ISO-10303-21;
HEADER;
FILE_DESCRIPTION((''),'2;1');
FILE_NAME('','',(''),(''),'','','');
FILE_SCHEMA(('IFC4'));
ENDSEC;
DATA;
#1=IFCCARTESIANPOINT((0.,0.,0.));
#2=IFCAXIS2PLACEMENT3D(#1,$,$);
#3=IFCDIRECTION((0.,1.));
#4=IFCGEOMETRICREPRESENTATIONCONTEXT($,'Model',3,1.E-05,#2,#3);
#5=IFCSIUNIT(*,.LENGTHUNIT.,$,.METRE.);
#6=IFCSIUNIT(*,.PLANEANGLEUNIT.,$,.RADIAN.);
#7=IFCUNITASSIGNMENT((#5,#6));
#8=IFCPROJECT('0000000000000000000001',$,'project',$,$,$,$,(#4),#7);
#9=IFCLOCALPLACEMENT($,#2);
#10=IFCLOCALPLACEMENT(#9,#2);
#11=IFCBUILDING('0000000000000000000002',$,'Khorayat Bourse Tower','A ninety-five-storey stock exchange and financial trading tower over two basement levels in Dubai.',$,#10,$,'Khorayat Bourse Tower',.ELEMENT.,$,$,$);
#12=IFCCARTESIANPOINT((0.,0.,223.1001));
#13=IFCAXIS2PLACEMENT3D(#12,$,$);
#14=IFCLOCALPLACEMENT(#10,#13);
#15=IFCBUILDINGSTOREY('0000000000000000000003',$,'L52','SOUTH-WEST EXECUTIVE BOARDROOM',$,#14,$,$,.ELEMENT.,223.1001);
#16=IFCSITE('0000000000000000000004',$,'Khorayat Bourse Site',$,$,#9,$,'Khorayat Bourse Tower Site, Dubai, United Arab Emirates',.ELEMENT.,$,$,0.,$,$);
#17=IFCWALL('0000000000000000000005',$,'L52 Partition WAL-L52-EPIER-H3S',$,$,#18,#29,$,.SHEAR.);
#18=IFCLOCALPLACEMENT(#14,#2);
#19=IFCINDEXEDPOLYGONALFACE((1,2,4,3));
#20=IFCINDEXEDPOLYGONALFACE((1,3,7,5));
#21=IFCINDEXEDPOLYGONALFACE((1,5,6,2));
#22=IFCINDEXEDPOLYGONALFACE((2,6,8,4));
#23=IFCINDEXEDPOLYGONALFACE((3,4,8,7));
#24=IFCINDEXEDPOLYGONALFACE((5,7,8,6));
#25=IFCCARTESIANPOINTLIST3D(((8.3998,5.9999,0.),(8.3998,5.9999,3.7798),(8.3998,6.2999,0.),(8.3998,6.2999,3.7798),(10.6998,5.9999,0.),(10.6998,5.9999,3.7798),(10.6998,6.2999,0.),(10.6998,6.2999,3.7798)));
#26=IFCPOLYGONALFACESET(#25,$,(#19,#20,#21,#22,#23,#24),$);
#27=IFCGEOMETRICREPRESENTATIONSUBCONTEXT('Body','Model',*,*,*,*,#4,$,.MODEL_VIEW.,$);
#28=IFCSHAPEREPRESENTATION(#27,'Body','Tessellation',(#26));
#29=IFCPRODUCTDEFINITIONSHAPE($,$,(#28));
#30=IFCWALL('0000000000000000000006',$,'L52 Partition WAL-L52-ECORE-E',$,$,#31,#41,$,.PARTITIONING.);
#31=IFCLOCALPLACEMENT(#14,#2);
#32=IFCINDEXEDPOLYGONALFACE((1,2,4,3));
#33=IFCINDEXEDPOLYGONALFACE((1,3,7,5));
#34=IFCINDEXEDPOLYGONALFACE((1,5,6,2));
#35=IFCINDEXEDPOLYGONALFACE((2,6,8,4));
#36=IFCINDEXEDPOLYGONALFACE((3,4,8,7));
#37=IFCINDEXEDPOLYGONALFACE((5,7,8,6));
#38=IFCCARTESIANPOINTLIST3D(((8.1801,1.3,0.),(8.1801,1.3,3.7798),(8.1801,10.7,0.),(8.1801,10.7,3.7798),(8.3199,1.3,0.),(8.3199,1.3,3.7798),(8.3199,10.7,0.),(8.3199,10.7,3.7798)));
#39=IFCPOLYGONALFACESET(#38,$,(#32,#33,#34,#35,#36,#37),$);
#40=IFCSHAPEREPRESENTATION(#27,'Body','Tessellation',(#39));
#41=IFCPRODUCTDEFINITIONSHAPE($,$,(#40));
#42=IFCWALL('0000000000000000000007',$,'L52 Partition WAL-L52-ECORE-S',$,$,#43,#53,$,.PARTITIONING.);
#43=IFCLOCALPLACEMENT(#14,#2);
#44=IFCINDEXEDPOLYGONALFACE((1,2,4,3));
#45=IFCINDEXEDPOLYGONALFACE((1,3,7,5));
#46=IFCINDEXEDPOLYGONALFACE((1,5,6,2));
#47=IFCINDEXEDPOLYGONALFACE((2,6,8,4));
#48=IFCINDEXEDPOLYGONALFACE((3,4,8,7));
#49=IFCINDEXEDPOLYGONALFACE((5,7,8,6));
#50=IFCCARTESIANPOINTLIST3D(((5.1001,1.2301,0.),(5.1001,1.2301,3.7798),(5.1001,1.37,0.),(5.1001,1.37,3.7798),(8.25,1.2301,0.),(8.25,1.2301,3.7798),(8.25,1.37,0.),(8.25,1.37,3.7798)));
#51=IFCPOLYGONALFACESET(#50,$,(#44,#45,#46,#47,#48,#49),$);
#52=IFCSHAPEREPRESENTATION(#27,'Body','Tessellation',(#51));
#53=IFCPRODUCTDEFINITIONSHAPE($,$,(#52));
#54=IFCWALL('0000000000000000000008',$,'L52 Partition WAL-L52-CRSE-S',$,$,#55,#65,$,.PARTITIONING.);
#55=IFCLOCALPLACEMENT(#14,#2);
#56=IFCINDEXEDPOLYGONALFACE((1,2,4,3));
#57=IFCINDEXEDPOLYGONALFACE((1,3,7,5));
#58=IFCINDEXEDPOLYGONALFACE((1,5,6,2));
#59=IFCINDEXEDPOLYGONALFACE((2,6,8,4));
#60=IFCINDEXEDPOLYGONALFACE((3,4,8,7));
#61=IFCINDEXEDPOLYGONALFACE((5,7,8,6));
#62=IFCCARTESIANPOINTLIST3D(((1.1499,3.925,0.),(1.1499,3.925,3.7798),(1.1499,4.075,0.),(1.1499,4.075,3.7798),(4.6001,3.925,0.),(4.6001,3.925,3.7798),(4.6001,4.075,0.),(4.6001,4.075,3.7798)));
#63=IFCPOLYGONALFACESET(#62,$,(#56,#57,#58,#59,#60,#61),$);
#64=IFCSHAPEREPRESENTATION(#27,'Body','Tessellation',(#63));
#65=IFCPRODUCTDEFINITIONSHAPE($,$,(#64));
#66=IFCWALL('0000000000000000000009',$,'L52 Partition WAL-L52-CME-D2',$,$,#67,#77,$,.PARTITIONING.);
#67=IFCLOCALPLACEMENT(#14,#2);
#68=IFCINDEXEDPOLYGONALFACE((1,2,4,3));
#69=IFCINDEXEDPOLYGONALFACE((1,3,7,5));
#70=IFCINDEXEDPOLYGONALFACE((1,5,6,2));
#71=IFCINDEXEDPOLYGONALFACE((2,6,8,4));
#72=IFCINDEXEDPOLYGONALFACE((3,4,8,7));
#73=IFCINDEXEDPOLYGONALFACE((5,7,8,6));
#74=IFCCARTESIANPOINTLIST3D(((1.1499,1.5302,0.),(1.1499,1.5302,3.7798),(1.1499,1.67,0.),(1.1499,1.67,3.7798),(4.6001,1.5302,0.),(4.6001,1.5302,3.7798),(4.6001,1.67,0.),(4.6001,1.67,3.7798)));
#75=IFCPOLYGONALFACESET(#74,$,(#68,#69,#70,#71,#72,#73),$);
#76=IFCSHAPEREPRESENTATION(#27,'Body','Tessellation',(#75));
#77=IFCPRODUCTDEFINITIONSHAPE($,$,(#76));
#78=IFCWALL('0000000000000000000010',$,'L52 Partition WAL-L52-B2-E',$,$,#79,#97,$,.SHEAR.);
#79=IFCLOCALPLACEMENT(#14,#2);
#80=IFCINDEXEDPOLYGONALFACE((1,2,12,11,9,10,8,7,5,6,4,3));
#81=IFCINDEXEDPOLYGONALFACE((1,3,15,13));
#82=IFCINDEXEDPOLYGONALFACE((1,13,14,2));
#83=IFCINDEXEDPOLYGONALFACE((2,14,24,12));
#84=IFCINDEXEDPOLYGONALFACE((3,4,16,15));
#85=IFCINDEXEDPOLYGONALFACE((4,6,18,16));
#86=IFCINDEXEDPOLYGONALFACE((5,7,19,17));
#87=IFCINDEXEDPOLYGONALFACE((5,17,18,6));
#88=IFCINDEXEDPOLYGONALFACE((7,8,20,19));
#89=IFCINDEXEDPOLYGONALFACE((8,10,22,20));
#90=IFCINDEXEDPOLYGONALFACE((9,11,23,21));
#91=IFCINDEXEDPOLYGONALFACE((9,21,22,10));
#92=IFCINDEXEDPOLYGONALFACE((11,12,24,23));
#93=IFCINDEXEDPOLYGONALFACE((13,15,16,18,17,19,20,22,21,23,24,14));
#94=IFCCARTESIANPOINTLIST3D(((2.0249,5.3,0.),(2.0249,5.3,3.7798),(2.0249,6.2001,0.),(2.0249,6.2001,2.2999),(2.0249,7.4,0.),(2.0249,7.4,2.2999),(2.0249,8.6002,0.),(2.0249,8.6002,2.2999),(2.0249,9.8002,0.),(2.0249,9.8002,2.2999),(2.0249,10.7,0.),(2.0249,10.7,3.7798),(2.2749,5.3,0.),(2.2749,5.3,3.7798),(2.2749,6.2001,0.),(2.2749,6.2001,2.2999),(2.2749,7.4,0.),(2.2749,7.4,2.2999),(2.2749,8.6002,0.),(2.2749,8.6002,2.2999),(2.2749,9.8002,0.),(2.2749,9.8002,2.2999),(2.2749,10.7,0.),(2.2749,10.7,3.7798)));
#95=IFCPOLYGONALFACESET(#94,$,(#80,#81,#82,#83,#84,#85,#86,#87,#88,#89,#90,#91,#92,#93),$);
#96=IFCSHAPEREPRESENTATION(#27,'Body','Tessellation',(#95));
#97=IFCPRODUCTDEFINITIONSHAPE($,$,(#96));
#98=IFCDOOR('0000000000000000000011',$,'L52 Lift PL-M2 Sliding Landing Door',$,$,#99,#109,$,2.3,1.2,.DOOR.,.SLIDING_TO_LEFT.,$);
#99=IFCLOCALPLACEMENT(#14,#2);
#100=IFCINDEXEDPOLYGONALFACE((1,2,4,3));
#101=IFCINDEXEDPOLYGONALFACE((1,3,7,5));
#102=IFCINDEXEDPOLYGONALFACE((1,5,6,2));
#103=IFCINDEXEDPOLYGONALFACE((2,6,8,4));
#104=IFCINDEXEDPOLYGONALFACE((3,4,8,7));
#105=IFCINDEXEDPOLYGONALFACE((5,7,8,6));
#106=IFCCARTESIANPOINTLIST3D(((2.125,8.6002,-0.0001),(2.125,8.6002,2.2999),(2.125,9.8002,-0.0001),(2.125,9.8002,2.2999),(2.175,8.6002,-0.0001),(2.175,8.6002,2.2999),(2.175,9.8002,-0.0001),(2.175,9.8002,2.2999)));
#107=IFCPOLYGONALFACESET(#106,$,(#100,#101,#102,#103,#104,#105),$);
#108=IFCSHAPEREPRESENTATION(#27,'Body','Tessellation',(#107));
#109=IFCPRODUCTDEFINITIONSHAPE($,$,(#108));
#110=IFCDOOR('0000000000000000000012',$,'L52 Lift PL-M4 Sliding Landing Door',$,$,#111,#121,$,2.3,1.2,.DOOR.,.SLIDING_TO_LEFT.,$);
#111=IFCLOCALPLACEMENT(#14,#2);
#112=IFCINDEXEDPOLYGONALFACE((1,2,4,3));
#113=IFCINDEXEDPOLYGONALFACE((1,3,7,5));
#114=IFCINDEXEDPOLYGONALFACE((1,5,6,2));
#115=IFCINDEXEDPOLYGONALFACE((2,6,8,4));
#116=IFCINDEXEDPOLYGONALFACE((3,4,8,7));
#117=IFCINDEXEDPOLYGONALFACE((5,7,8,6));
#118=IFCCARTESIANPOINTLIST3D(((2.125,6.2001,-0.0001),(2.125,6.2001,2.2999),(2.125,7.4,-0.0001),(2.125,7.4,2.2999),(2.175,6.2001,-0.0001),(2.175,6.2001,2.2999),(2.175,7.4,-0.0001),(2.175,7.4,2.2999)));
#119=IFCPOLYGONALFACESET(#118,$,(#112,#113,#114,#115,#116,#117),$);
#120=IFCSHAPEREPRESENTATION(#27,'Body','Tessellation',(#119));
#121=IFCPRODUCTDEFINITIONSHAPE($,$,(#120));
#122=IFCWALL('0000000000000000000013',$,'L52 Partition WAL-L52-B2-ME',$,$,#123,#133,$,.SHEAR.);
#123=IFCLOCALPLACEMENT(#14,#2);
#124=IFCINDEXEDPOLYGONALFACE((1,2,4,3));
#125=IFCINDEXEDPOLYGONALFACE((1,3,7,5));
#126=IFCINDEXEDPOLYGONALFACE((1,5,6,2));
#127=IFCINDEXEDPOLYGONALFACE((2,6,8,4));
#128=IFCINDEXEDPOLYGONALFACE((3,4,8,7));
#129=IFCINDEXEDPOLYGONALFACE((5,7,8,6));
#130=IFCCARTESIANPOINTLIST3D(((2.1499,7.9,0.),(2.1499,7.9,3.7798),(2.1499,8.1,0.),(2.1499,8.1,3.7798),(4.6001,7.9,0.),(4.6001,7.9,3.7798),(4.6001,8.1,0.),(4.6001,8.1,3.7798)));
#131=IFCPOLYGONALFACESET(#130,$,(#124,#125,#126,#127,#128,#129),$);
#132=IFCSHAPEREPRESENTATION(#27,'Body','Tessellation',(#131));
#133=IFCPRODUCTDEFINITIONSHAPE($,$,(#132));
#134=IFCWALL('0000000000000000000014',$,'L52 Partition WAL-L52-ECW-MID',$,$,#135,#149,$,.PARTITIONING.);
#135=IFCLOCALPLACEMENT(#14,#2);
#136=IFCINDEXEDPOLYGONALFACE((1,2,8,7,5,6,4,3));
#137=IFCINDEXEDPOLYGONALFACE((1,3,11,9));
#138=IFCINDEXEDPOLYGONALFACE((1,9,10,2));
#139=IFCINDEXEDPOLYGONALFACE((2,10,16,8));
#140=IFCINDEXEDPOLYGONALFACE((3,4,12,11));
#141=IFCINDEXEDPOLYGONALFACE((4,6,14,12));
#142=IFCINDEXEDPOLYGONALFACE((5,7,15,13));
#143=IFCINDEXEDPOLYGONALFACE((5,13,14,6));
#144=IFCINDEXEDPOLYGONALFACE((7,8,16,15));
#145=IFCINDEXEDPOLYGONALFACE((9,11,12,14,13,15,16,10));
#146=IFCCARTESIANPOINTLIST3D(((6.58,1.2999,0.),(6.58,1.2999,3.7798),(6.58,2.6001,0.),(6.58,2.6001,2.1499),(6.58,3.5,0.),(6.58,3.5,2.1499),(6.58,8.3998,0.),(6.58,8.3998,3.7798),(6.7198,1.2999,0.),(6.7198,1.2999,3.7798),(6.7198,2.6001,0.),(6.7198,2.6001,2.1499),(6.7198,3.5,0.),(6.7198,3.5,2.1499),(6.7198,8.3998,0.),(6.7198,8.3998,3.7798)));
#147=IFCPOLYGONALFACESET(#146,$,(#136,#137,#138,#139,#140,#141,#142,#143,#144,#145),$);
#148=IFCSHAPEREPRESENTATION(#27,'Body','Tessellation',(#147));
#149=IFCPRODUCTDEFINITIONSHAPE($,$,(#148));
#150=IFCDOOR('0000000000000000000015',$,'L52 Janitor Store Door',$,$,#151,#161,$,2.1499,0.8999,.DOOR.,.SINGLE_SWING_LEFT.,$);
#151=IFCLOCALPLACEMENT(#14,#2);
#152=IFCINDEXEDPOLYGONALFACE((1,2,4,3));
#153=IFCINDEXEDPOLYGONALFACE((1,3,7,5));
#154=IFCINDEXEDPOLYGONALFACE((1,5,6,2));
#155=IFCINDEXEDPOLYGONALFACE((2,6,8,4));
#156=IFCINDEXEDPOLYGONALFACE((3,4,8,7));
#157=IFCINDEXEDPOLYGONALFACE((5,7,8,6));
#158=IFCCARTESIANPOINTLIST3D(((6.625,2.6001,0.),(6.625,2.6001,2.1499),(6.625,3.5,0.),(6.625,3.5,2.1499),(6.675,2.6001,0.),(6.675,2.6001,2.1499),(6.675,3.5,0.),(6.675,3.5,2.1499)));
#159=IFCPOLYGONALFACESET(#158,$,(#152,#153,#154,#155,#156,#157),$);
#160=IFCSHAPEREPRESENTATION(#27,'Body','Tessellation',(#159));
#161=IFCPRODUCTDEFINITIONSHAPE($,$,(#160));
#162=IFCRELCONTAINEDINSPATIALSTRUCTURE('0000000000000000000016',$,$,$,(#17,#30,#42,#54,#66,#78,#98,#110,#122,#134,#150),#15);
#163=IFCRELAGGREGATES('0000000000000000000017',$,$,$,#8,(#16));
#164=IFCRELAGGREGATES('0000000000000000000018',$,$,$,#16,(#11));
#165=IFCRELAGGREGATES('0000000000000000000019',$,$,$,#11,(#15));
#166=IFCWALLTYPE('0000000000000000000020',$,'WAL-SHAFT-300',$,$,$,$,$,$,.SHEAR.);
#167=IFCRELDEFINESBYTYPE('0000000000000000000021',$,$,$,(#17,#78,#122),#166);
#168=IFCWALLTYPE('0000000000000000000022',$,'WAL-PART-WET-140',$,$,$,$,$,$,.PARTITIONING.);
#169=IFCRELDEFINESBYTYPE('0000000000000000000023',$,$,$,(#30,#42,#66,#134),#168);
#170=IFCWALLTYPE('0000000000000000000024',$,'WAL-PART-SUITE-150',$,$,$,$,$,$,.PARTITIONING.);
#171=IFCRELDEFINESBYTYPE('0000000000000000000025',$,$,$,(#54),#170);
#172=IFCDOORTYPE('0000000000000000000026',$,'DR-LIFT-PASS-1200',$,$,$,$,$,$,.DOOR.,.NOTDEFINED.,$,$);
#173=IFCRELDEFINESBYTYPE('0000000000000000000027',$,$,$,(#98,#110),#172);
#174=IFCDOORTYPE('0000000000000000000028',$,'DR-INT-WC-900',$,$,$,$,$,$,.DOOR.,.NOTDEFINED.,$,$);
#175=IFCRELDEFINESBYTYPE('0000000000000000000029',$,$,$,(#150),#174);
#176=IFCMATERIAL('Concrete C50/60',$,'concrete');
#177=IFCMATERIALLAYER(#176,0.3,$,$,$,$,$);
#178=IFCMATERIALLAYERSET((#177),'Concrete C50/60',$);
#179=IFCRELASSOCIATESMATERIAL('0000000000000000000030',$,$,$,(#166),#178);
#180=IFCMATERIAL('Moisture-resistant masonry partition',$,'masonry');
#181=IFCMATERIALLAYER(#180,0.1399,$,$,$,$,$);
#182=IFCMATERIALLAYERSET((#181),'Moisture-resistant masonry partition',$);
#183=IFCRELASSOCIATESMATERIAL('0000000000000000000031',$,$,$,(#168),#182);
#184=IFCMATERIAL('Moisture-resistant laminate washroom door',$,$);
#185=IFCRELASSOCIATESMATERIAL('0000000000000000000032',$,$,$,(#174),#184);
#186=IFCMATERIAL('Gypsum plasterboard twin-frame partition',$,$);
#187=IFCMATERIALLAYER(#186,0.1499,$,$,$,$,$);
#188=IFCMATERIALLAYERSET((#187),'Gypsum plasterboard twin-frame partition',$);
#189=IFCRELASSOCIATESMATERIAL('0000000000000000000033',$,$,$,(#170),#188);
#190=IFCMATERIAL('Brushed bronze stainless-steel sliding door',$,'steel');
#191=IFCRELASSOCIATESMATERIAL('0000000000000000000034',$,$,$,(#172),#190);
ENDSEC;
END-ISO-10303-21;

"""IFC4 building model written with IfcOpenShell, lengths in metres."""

from ifc_helpers import new_model, si_unit, direction, frame, frame_2d, origin, place, context, subcontext, project, spatial, rectangle, extrude, source, transform, mapped, material, layer, layer_set, type_object, element, fill, save


model = new_model("IFC4")

# Units and contexts
model_context = context("Model", 3, precision=1e-05, world=origin(), true_north=direction((0.0, 1.0)))
body_context = subcontext(model_context, "Body", "Model", "MODEL_VIEW")
ifc_project = project(units=[si_unit("LENGTHUNIT", "METRE"), si_unit("PLANEANGLEUNIT", "RADIAN")], contexts=[model_context])

# Site, building, storey
site_placement = place(None, origin())
site = spatial("IfcSite", under=ifc_project, at=site_placement, Name="Khorayat Bourse Site", LongName="Khorayat Bourse Tower Site, Dubai, United Arab Emirates", CompositionType="ELEMENT", RefElevation=0.0)
building_placement = place(site_placement, origin())
building = spatial("IfcBuilding", under=site, at=building_placement, Name="Khorayat Bourse Tower", Description="A ninety-five-storey stock exchange and financial trading tower over two basement levels in Dubai.", LongName="Khorayat Bourse Tower", CompositionType="ELEMENT")
storey_placement = place(building_placement, frame((0.0, 0.0, 223.1001)))
storey = spatial("IfcBuildingStorey", under=building, at=storey_placement, Name="L52", Description="SOUTH-WEST EXECUTIVE BOARDROOM", CompositionType="ELEMENT", Elevation=223.1001)

# Walls
ifc_material_1 = material(Name="Concrete C50/60", Category="concrete")
ifc_layer_1 = layer(ifc_material_1, 0.3)
ifc_layer_set_1 = layer_set([ifc_layer_1], Name="Concrete C50/60")
wall_type_1 = type_object("IfcWallType", Name="WAL-SHAFT-300", PredefinedType="SHEAR", material=ifc_layer_set_1)
shared_shape_1 = source(origin(), body_context, "Body", "SweptSolid", [
    extrude(rectangle(XDim=2.3, YDim=0.3, at=frame_2d((1.1499, 0.0))), origin(), (0.0, 0.0, 1.0), 3.7798),
])
for number, where, z_axis, x_axis, name in (
    (1, (8.3999, 6.1499, 0.0), (0.0, 0.0, 1.0), (1.0, 0.0, 0.0), "L52 Partition WAL-L52-EPIER-H3S"),
):
    element("IfcWall", number, at=place(storey_placement, frame(where, z_axis=z_axis, x_axis=x_axis)), inside=storey, type_object=wall_type_1, Name=name, PredefinedType="SHEAR", context=body_context, shape_type="MappedRepresentation", body=[
        mapped(shared_shape_1, transform((0.0, 0.0, 0.0), scale=1.0)),
    ])
ifc_material_2 = material(Name="Moisture-resistant masonry partition", Category="masonry")
ifc_layer_2 = layer(ifc_material_2, 0.1399)
ifc_layer_set_2 = layer_set([ifc_layer_2], Name="Moisture-resistant masonry partition")
wall_type_2 = type_object("IfcWallType", Name="WAL-PART-WET-140", PredefinedType="PARTITIONING", material=ifc_layer_set_2)
shared_shape_2 = source(origin(), body_context, "Body", "SweptSolid", [
    extrude(rectangle(XDim=9.3999, YDim=0.1399, at=frame_2d((4.7, 0.0))), origin(), (0.0, 0.0, 1.0), 3.7798),
])
wall_1_placement = place(storey_placement, frame((8.25, 1.3, 0.0), z_axis=(0.0, 0.0, 1.0), x_axis=(0.0, 1.0, 0.0)))
element("IfcWall", 2, at=wall_1_placement, inside=storey, type_object=wall_type_2, Name="L52 Partition WAL-L52-ECORE-E", PredefinedType="PARTITIONING", context=body_context, shape_type="MappedRepresentation", body=[
    mapped(shared_shape_2, transform((0.0, 0.0, 0.0), scale=1.0)),
])
shared_shape_3 = source(origin(), body_context, "Body", "SweptSolid", [
    extrude(rectangle(XDim=3.1499, YDim=0.1399, at=frame_2d((1.575, 0.0))), origin(), (0.0, 0.0, 1.0), 3.7798),
])
wall_2_placement = place(storey_placement, frame((5.1001, 1.3, 0.0), z_axis=(0.0, 0.0, 1.0), x_axis=(1.0, 0.0, 0.0)))
element("IfcWall", 3, at=wall_2_placement, inside=storey, type_object=wall_type_2, Name="L52 Partition WAL-L52-ECORE-S", PredefinedType="PARTITIONING", context=body_context, shape_type="MappedRepresentation", body=[
    mapped(shared_shape_3, transform((0.0, 0.0, 0.0), scale=1.0)),
])

# Shared definitions
shared_shape_4 = source(origin(), body_context, "Body", "SweptSolid", [
    extrude(rectangle(XDim=0.8999, YDim=2.1499, at=frame_2d((0.45, 1.075))), frame((0.0, 0.0798, 0.0), z_axis=(0.0, -1.0, 0.0), x_axis=(1.0, 0.0, 0.0)), (0.0, 0.0, 1.0), 0.1599),
])
ifc_material_3 = material(Name="Moisture-resistant laminate washroom door")
door_type_1 = type_object("IfcDoorType", Name="DR-INT-WC-900", OperationType="NOTDEFINED", PredefinedType="DOOR", material=ifc_material_3)
shared_shape_5 = source(origin(), body_context, "Body", "SweptSolid", [
    extrude(rectangle(XDim=0.8999, YDim=2.1499, at=frame_2d((0.45, 1.075))), frame((0.0, 0.0249, 0.0), z_axis=(0.0, -1.0, 0.0), x_axis=(1.0, 0.0, 0.0)), (0.0, 0.0, 1.0), 0.05),
])

# Walls
ifc_material_4 = material(Name="Gypsum plasterboard twin-frame partition")
ifc_layer_3 = layer(ifc_material_4, 0.1499)
ifc_layer_set_3 = layer_set([ifc_layer_3], Name="Gypsum plasterboard twin-frame partition")
wall_type_3 = type_object("IfcWallType", Name="WAL-PART-SUITE-150", PredefinedType="PARTITIONING", material=ifc_layer_set_3)
shared_shape_6 = source(origin(), body_context, "Body", "SweptSolid", [
    extrude(rectangle(XDim=3.4502, YDim=0.1499, at=frame_2d((1.7251, 0.0))), origin(), (0.0, 0.0, 1.0), 3.7798),
])
wall_3_placement = place(storey_placement, frame((1.1499, 4.0, 0.0), z_axis=(0.0, 0.0, 1.0), x_axis=(1.0, 0.0, 0.0)))
element("IfcWall", 4, at=wall_3_placement, inside=storey, type_object=wall_type_3, Name="L52 Partition WAL-L52-CRSE-S", PredefinedType="PARTITIONING", context=body_context, shape_type="MappedRepresentation", body=[
    mapped(shared_shape_6, transform((0.0, 0.0, 0.0), scale=1.0)),
])
shared_shape_7 = source(origin(), body_context, "Body", "SweptSolid", [
    extrude(rectangle(XDim=3.4502, YDim=0.1399, at=frame_2d((1.7251, 0.0))), origin(), (0.0, 0.0, 1.0), 3.7798),
])
wall_4_placement = place(storey_placement, frame((1.1499, 1.6001, 0.0), z_axis=(0.0, 0.0, 1.0), x_axis=(1.0, 0.0, 0.0)))
element("IfcWall", 5, at=wall_4_placement, inside=storey, type_object=wall_type_2, Name="L52 Partition WAL-L52-CME-D2", PredefinedType="PARTITIONING", context=body_context, shape_type="MappedRepresentation", body=[
    mapped(shared_shape_7, transform((0.0, 0.0, 0.0), scale=1.0)),
])

# Wall, openings, doors
shared_shape_8 = source(origin(), body_context, "Body", "SweptSolid", [
    extrude(rectangle(XDim=5.3999, YDim=0.25, at=frame_2d((2.7, 0.0))), origin(), (0.0, 0.0, 1.0), 3.7798),
])
wall_5_placement = place(storey_placement, frame((2.1499, 5.3, 0.0), z_axis=(0.0, 0.0, 1.0), x_axis=(0.0, 1.0, 0.0)))
wall_5 = element("IfcWall", 6, at=wall_5_placement, inside=storey, type_object=wall_type_1, Name="L52 Partition WAL-L52-B2-E", PredefinedType="SHEAR", context=body_context, shape_type="MappedRepresentation", body=[
    mapped(shared_shape_8, transform((0.0, 0.0, 0.0), scale=1.0)),
])
shared_shape_9 = source(origin(), body_context, "Body", "SweptSolid", [
    extrude(rectangle(XDim=1.2, YDim=2.3, at=frame_2d((0.6001, 1.1499))), frame((0.0, 0.135, 0.0), z_axis=(0.0, -1.0, 0.0), x_axis=(1.0, 0.0, 0.0)), (0.0, 0.0, 1.0), 0.27),
])
opening_1_placement = place(wall_5_placement, frame((3.3, 0.0, 0.0)))
opening_1 = element("IfcOpeningElement", 7, at=opening_1_placement, cuts=wall_5, PredefinedType="OPENING", context=body_context, shape_type="MappedRepresentation", body=[
    mapped(shared_shape_9, transform((0.0, 0.0, 0.0), scale=1.0)),
])
opening_2_placement = place(wall_5_placement, frame((0.8999, 0.0, 0.0)))
opening_2 = element("IfcOpeningElement", 8, at=opening_2_placement, cuts=wall_5, PredefinedType="OPENING", context=body_context, shape_type="MappedRepresentation", body=[
    mapped(shared_shape_9, transform((0.0, 0.0, 0.0), scale=1.0)),
])
ifc_material_5 = material(Name="Brushed bronze stainless-steel sliding door", Category="steel")
door_type_2 = type_object("IfcDoorType", Name="DR-LIFT-PASS-1200", OperationType="NOTDEFINED", PredefinedType="DOOR", material=ifc_material_5)
shared_shape_10 = source(origin(), body_context, "Body", "SweptSolid", [
    extrude(rectangle(XDim=1.2, YDim=2.3, at=frame_2d((0.6001, 1.1499))), frame((0.0, 0.0249, 0.0), z_axis=(0.0, -1.0, 0.0), x_axis=(1.0, 0.0, 0.0)), (0.0, 0.0, 1.0), 0.05),
])
door_1_placement = place(opening_1_placement, origin())
door_1 = element("IfcDoor", 9, at=door_1_placement, inside=storey, type_object=door_type_2, Name="L52 Lift PL-M2 Sliding Landing Door", OperationType="SLIDING_TO_LEFT", OverallHeight=2.3, OverallWidth=1.2, PredefinedType="DOOR", context=body_context, shape_type="MappedRepresentation", body=[
    mapped(shared_shape_10, transform((0.0, 0.0, 0.0), scale=1.0)),
])
fill(opening_1, door_1)
door_2_placement = place(opening_2_placement, origin())
door_2 = element("IfcDoor", 10, at=door_2_placement, inside=storey, type_object=door_type_2, Name="L52 Lift PL-M4 Sliding Landing Door", OperationType="SLIDING_TO_LEFT", OverallHeight=2.3, OverallWidth=1.2, PredefinedType="DOOR", context=body_context, shape_type="MappedRepresentation", body=[
    mapped(shared_shape_10, transform((0.0, 0.0, 0.0), scale=1.0)),
])
fill(opening_2, door_2)

# Wall
shared_shape_11 = source(origin(), body_context, "Body", "SweptSolid", [
    extrude(rectangle(XDim=2.4502, YDim=0.2, at=frame_2d((1.2251, 0.0))), origin(), (0.0, 0.0, 1.0), 3.7798),
])
wall_6_placement = place(storey_placement, frame((2.1499, 8.0, 0.0), z_axis=(0.0, 0.0, 1.0), x_axis=(1.0, 0.0, 0.0)))
element("IfcWall", 11, at=wall_6_placement, inside=storey, type_object=wall_type_1, Name="L52 Partition WAL-L52-B2-ME", PredefinedType="SHEAR", context=body_context, shape_type="MappedRepresentation", body=[
    mapped(shared_shape_11, transform((0.0, 0.0, 0.0), scale=1.0)),
])

# Wall, opening, door
shared_shape_12 = source(origin(), body_context, "Body", "SweptSolid", [
    extrude(rectangle(XDim=7.0999, YDim=0.1399, at=frame_2d((3.5498, 0.0))), origin(), (0.0, 0.0, 1.0), 3.7798),
])
wall_7_placement = place(storey_placement, frame((6.6499, 1.3, 0.0), z_axis=(0.0, 0.0, 1.0), x_axis=(0.0, 1.0, 0.0)))
wall_7 = element("IfcWall", 12, at=wall_7_placement, inside=storey, type_object=wall_type_2, Name="L52 Partition WAL-L52-ECW-MID", PredefinedType="PARTITIONING", context=body_context, shape_type="MappedRepresentation", body=[
    mapped(shared_shape_12, transform((0.0, 0.0, 0.0), scale=1.0)),
])
opening_3_placement = place(wall_7_placement, frame((1.3, 0.0, 0.0)))
opening_3 = element("IfcOpeningElement", 13, at=opening_3_placement, cuts=wall_7, PredefinedType="OPENING", context=body_context, shape_type="MappedRepresentation", body=[
    mapped(shared_shape_4, transform((0.0, 0.0, 0.0), scale=1.0)),
])
door_3_placement = place(opening_3_placement, origin())
door_3 = element("IfcDoor", 14, at=door_3_placement, inside=storey, type_object=door_type_1, Name="L52 Janitor Store Door", OperationType="SINGLE_SWING_LEFT", OverallHeight=2.1499, OverallWidth=0.8999, PredefinedType="DOOR", context=body_context, shape_type="MappedRepresentation", body=[
    mapped(shared_shape_5, transform((0.0, 0.0, 0.0), scale=1.0)),
])
fill(opening_3, door_3)

save(model, "model.ifc")
